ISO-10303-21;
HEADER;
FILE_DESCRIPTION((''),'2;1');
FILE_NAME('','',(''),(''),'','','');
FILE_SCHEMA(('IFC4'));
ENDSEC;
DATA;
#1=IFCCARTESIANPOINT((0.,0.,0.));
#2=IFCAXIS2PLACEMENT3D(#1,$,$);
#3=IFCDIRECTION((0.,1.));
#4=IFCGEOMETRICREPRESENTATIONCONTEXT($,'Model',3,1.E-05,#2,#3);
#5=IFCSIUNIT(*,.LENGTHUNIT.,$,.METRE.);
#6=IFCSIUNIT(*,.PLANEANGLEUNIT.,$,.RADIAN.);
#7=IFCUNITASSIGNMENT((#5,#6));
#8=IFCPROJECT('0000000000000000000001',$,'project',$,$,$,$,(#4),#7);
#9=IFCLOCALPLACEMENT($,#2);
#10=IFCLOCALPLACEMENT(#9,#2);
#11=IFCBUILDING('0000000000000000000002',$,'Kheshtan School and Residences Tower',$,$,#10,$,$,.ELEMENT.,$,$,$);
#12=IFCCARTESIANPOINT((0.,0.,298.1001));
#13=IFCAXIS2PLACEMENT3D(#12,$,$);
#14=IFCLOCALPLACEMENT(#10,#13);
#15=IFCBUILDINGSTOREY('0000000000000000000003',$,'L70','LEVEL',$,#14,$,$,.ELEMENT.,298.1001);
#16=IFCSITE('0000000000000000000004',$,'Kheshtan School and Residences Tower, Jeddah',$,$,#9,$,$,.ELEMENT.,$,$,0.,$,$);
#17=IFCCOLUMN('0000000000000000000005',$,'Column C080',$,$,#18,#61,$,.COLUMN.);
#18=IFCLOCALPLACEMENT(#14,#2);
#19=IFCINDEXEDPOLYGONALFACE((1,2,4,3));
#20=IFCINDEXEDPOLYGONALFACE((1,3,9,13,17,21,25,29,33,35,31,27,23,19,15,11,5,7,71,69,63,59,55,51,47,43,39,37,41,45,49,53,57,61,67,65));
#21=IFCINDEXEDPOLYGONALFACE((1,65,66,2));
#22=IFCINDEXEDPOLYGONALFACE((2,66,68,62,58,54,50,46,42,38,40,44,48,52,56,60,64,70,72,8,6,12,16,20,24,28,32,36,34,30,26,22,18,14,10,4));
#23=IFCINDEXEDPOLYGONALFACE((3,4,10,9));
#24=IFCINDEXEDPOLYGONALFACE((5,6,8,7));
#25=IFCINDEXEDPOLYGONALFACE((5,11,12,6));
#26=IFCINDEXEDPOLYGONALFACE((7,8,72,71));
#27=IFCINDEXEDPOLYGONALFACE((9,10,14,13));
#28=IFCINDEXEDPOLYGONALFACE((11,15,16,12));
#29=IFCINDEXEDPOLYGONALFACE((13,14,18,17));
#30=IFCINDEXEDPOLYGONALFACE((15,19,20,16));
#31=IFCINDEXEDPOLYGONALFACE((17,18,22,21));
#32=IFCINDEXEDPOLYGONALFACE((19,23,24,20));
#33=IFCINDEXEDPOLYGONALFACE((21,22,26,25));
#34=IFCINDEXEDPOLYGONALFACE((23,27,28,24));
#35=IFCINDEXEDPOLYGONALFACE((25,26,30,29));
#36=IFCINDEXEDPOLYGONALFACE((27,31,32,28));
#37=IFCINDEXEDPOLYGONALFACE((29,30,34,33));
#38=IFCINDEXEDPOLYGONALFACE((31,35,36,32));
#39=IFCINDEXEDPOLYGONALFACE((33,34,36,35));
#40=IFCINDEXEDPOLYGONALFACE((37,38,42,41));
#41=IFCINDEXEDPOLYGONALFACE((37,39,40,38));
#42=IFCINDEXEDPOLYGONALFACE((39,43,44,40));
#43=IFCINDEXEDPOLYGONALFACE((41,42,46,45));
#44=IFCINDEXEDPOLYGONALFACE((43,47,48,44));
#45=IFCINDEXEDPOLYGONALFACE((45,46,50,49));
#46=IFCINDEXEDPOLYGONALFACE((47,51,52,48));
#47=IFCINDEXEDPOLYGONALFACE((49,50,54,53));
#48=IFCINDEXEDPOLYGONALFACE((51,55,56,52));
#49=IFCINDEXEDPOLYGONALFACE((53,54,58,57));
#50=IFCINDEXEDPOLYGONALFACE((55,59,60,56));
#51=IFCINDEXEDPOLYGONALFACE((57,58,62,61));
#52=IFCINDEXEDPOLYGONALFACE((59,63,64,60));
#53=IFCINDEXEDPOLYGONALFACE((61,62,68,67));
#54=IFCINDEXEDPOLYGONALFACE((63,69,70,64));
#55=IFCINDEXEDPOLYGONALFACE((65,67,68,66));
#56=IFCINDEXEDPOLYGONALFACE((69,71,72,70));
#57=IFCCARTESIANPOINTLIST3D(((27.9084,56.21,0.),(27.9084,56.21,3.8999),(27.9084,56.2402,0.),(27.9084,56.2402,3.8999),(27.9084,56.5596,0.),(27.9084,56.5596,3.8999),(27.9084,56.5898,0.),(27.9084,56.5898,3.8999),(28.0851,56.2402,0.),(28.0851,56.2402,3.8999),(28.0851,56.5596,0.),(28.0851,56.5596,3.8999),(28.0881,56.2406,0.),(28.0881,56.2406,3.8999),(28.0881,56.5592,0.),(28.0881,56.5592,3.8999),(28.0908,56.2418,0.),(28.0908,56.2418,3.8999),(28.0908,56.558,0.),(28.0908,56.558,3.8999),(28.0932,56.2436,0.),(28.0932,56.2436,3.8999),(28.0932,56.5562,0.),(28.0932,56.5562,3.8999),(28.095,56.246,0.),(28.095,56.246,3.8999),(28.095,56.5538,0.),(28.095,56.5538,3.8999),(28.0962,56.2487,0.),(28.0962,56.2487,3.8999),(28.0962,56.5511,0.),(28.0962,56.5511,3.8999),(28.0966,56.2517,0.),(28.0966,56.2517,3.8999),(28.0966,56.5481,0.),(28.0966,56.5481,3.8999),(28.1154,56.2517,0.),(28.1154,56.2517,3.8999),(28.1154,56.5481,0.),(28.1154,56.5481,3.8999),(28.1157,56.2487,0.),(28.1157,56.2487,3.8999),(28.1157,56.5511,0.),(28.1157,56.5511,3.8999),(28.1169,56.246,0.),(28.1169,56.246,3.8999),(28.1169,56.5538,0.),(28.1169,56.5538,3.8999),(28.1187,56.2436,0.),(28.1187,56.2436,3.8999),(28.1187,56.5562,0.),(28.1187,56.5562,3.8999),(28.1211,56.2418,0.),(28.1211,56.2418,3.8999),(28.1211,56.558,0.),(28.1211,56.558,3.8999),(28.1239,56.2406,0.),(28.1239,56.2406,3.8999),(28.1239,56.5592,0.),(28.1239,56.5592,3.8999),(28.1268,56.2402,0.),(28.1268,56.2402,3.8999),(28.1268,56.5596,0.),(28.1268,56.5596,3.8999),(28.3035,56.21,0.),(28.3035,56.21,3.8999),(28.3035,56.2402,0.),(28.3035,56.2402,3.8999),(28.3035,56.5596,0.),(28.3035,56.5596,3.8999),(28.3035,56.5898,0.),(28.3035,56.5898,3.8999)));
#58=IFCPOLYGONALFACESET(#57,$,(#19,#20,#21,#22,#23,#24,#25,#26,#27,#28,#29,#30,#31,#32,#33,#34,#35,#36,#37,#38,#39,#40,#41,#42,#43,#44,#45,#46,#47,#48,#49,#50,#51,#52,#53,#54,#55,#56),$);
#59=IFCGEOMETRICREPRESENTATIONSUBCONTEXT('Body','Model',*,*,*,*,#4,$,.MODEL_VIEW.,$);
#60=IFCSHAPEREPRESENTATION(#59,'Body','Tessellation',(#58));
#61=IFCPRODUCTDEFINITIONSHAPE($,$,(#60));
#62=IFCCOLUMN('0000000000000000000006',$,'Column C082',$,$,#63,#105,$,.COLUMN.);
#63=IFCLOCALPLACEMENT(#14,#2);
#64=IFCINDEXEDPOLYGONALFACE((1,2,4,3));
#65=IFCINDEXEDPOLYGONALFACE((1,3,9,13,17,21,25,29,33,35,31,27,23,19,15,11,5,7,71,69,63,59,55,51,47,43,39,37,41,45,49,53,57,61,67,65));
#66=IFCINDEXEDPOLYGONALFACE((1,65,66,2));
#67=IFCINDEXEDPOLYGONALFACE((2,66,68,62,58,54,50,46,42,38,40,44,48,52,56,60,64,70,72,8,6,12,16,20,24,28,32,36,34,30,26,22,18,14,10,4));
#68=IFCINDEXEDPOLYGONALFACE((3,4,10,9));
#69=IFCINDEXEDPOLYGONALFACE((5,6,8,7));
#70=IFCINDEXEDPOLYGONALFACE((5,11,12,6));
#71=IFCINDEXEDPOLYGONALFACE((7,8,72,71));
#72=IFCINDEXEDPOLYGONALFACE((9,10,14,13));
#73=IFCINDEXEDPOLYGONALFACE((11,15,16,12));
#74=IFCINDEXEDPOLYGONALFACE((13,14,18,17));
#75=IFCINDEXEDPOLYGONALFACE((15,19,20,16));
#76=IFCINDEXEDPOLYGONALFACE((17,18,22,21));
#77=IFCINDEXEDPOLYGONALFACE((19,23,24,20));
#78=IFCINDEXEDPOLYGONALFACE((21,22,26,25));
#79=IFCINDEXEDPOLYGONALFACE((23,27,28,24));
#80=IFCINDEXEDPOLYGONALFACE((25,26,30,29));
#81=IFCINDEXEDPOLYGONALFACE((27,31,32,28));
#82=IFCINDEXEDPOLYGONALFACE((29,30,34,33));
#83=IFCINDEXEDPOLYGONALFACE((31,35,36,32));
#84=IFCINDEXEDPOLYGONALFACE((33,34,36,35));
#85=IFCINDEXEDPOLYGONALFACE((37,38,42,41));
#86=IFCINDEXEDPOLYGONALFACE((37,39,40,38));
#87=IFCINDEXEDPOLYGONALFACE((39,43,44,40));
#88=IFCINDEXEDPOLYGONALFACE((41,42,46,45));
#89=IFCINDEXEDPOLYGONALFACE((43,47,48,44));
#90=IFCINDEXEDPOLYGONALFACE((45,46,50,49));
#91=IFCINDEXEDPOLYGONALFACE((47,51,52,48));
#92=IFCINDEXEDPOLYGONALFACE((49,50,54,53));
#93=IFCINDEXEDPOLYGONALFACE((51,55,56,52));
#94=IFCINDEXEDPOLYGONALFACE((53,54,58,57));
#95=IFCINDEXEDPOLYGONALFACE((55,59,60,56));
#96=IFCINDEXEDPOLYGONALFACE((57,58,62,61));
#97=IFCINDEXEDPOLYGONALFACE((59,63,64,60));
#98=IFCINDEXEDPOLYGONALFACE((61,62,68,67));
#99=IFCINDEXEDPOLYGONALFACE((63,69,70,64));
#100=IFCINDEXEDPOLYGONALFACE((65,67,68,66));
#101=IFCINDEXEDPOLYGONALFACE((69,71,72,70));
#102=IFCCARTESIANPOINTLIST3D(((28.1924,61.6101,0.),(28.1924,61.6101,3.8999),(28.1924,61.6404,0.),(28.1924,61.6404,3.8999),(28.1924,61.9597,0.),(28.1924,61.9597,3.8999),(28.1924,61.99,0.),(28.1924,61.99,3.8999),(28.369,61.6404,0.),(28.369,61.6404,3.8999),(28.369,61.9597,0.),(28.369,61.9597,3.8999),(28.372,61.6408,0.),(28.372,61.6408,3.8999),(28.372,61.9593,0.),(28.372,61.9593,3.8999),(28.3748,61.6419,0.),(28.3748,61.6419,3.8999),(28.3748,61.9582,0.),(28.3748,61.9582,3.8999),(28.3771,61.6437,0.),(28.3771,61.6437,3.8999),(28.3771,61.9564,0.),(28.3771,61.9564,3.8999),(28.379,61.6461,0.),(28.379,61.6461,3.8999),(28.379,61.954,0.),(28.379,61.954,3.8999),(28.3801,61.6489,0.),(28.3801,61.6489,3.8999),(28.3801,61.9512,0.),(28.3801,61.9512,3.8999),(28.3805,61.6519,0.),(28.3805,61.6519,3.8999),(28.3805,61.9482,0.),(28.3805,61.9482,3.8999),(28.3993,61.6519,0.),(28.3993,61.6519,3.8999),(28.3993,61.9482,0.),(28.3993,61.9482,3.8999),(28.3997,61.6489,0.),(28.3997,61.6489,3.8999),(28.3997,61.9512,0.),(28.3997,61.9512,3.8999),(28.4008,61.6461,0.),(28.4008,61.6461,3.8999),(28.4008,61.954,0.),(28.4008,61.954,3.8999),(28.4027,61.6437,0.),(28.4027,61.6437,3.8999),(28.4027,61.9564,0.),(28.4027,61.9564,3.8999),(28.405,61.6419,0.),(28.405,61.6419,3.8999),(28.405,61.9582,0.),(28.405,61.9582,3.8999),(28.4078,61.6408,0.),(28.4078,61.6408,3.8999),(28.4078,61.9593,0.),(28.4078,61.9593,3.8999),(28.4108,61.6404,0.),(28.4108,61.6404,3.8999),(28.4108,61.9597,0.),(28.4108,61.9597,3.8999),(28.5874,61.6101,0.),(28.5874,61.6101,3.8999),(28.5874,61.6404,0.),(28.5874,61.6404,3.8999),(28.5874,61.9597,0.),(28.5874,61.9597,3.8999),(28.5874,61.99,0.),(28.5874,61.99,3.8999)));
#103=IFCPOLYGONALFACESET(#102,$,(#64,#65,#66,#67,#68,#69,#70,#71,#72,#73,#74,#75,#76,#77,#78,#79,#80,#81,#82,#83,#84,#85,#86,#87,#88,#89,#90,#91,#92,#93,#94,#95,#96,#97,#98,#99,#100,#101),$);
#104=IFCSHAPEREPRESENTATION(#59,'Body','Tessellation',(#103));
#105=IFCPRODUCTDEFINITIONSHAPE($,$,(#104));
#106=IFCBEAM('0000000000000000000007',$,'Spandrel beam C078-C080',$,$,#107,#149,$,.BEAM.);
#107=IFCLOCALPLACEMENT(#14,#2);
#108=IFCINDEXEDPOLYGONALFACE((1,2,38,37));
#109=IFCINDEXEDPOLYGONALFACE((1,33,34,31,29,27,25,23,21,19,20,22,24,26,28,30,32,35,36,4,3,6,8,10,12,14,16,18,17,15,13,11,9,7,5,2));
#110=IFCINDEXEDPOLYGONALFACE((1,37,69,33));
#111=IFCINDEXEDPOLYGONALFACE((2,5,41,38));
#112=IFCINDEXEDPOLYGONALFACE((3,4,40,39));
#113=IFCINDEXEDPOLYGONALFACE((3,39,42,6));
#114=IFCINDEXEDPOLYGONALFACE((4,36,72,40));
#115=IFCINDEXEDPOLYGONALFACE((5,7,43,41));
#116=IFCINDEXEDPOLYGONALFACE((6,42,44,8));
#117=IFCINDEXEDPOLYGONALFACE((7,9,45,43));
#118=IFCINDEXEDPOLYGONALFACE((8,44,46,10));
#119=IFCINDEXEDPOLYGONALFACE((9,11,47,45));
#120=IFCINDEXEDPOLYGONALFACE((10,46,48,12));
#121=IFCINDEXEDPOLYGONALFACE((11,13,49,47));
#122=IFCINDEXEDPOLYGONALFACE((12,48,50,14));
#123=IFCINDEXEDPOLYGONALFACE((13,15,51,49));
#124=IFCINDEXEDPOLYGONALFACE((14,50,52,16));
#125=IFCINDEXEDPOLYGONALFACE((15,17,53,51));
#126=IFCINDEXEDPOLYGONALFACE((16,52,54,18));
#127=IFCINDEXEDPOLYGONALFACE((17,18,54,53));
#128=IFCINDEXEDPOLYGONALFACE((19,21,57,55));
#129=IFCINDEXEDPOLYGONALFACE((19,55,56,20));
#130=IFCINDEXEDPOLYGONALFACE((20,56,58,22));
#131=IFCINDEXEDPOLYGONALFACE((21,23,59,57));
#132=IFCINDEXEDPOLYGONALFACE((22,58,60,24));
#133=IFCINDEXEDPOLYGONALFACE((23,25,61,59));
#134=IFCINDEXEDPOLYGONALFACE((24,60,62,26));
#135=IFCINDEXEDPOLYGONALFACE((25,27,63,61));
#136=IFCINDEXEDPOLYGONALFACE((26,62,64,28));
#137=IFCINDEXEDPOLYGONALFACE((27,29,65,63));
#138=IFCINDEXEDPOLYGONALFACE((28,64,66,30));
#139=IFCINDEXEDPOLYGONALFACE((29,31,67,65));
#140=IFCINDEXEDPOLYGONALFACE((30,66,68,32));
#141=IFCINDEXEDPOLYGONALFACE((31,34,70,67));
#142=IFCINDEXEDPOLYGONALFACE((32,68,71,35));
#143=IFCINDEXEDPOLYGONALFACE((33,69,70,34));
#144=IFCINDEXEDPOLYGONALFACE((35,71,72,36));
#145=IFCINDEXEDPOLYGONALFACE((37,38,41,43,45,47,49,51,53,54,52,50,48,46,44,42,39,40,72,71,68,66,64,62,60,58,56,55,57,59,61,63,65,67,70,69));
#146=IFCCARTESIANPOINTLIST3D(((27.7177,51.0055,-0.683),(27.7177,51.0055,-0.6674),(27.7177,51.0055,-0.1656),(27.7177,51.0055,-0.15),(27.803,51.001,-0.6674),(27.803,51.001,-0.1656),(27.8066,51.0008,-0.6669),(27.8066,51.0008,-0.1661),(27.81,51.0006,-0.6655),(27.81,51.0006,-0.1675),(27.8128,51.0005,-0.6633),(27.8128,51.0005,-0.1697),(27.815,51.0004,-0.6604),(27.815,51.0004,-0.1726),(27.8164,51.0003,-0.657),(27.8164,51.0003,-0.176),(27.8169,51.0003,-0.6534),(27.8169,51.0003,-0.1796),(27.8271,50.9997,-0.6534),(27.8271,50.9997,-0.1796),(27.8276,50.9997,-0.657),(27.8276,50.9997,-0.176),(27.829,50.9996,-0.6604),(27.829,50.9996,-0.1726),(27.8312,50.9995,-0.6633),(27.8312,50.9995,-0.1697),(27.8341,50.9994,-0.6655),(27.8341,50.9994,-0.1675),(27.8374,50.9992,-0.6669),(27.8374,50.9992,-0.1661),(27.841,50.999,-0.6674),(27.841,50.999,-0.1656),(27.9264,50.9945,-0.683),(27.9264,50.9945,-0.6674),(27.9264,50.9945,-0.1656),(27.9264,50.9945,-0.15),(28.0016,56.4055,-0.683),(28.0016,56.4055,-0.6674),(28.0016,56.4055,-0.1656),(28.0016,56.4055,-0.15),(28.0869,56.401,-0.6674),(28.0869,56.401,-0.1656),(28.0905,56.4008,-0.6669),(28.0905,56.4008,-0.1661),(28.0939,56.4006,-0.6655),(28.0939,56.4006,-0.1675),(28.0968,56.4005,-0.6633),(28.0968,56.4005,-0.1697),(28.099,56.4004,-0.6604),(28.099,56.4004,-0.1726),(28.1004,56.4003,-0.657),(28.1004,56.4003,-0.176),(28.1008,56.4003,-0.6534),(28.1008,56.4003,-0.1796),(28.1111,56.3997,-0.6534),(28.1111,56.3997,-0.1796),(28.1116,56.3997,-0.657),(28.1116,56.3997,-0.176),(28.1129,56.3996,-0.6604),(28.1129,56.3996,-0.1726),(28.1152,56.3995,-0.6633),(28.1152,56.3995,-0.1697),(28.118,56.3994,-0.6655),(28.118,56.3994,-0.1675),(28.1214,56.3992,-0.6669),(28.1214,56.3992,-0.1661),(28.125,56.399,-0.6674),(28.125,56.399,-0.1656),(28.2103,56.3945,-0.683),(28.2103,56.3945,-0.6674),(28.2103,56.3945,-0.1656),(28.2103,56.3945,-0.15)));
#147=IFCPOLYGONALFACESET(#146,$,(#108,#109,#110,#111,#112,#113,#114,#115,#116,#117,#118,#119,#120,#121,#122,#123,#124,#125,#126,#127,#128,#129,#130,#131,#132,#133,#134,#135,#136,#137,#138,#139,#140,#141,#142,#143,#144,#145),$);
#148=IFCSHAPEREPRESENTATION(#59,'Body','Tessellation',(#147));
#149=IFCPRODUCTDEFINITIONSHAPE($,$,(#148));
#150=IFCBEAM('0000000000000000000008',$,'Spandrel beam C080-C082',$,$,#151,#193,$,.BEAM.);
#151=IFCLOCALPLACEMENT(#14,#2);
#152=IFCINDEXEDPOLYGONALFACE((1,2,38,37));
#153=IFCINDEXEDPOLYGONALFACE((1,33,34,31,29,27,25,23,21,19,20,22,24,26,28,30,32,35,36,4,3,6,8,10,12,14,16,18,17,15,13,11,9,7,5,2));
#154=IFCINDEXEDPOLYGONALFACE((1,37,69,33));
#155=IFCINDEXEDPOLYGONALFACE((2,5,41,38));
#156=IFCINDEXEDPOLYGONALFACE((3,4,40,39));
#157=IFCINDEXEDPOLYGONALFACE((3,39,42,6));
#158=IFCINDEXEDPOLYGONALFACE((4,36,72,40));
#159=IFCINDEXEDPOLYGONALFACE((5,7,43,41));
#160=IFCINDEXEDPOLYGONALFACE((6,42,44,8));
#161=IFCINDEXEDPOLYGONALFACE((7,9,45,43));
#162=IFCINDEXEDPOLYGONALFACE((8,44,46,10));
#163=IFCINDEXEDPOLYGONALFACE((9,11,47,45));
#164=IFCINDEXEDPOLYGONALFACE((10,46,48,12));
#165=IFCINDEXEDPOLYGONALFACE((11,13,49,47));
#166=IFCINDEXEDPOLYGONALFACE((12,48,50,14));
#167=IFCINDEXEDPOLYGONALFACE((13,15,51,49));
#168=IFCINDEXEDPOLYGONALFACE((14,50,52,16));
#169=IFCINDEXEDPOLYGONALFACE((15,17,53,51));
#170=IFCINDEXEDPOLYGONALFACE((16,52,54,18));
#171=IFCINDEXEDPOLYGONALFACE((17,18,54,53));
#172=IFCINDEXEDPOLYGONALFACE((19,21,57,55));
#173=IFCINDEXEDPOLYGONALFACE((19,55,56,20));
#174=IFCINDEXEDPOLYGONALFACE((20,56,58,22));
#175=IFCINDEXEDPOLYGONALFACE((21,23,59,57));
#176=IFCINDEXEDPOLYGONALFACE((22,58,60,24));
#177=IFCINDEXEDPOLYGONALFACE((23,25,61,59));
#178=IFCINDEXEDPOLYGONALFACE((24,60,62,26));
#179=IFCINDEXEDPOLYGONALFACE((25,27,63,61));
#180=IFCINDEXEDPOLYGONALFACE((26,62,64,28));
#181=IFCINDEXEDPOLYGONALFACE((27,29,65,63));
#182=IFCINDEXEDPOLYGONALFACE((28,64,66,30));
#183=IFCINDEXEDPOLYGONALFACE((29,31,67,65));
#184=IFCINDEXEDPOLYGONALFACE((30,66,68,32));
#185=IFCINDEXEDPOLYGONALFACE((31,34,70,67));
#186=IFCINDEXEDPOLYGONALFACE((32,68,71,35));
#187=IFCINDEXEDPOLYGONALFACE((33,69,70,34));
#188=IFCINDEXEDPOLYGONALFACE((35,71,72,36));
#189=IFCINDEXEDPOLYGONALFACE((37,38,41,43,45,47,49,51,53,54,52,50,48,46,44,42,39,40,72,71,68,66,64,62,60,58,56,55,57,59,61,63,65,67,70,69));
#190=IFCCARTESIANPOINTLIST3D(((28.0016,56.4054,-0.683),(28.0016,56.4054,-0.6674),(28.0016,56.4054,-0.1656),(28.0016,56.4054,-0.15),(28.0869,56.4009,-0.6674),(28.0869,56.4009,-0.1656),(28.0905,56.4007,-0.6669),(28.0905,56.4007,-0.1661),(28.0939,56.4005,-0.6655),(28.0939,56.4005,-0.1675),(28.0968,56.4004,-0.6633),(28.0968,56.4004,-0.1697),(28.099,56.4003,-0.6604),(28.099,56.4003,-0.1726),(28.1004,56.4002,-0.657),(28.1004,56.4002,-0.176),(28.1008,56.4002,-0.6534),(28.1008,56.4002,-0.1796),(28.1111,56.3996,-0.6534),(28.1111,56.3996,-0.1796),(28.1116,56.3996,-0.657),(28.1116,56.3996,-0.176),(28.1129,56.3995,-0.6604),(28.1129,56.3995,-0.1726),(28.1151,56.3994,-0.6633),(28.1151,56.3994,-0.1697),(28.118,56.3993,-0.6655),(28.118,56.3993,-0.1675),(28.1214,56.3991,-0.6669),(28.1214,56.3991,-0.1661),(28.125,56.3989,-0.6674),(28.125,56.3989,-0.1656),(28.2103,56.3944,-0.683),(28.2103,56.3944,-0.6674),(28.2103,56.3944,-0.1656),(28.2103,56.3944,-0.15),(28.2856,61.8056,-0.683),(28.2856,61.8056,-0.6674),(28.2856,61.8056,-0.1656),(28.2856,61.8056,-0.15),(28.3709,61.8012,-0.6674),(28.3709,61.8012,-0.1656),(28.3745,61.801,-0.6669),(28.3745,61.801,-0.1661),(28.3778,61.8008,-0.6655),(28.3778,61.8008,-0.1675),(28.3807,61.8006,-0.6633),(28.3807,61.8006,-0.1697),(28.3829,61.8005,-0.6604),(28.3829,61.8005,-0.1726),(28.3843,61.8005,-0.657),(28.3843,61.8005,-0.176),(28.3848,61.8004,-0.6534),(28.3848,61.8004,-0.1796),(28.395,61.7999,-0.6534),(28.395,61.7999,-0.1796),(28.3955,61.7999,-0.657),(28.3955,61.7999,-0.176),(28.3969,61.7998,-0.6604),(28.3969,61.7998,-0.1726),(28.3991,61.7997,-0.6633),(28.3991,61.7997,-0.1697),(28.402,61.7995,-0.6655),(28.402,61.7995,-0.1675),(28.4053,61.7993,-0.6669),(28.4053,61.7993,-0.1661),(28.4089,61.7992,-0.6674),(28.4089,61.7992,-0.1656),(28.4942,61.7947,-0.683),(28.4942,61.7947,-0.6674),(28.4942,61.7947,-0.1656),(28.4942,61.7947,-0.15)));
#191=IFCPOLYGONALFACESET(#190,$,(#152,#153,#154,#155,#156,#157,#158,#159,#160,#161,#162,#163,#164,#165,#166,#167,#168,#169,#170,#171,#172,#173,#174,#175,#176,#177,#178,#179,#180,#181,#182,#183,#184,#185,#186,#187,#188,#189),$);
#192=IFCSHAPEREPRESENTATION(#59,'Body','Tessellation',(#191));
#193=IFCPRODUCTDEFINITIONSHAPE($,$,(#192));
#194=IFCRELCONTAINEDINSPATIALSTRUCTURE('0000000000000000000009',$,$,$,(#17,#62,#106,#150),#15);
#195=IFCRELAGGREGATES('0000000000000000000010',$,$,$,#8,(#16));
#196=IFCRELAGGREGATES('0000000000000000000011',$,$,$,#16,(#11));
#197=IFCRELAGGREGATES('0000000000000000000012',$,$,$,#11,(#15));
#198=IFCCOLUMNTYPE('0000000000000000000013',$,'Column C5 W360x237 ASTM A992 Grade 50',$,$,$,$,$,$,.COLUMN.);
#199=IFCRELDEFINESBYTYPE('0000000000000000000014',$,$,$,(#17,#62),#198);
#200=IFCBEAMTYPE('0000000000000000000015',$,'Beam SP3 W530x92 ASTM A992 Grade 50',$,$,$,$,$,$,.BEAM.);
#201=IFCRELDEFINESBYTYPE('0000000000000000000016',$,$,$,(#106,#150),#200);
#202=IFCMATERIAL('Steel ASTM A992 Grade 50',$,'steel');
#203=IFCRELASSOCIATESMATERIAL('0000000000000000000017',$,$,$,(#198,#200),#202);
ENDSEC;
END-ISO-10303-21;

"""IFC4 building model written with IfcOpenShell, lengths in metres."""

from ifc_helpers import new_model, si_unit, direction, frame, origin, origin_2d, place, context, subcontext, project, spatial, i_section, extrude, material, material_profile, profile_set, type_object, element, save


model = new_model("IFC4")

# Units and contexts
model_context = context("Model", 3, precision=1e-05, world=origin(), true_north=direction((0.0, 1.0)))
body_context = subcontext(model_context, "Body", "Model", "MODEL_VIEW")
ifc_project = project(units=[si_unit("LENGTHUNIT", "METRE"), si_unit("PLANEANGLEUNIT", "RADIAN")], contexts=[model_context])

# Site, building, storey
site_placement = place(None, origin())
site = spatial("IfcSite", under=ifc_project, at=site_placement, Name="Kheshtan School and Residences Tower, Jeddah", CompositionType="ELEMENT", RefElevation=0.0)
building_placement = place(site_placement, origin())
building = spatial("IfcBuilding", under=site, at=building_placement, Name="Kheshtan School and Residences Tower", CompositionType="ELEMENT")
storey_placement = place(building_placement, frame((0.0, 0.0, 298.1001)))
storey = spatial("IfcBuildingStorey", under=building, at=storey_placement, Name="L70", Description="LEVEL", CompositionType="ELEMENT", Elevation=298.1001)

# Columns
ifc_material_1 = material(Name="Steel ASTM A992 Grade 50", Category="steel")
ifc_material_profile_1 = material_profile(ifc_material_1, i_section(OverallWidth=0.395, OverallDepth=0.3799, WebThickness=0.0188, FlangeThickness=0.0303, FilletRadius=0.0115, at=origin_2d()), Name="W360x237")
ifc_profile_set_1 = profile_set([ifc_material_profile_1], Name="Steel ASTM A992 Grade 50")
column_type = type_object("IfcColumnType", Name="Column C5 W360x237 ASTM A992 Grade 50", PredefinedType="COLUMN", material=ifc_profile_set_1)
for number, where, z_axis, x_axis, name in (
    (1, (28.106, 56.3999, 0.0), (0.0, 0.0, 1.0), (1.0, 0.0, 0.0), "Column C080"),
    (2, (28.3899, 61.8, 0.0), (0.0, 0.0, 1.0), (1.0, 0.0, 0.0), "Column C082"),
):
    element("IfcColumn", number, at=place(storey_placement, frame(where, z_axis=z_axis, x_axis=x_axis)), inside=storey, type_object=column_type, Name=name, PredefinedType="COLUMN", context=body_context, shape_type="SweptSolid", body=[
        extrude(i_section(OverallWidth=0.395, OverallDepth=0.3799, WebThickness=0.0188, FlangeThickness=0.0303, FilletRadius=0.0115, at=origin_2d()), origin(), (0.0, 0.0, 1.0), 3.8999),
    ])

# Beams
ifc_material_profile_2 = material_profile(ifc_material_1, i_section(OverallWidth=0.209, OverallDepth=0.533, WebThickness=0.0103, FlangeThickness=0.0156, FilletRadius=0.0139, at=origin_2d()), Name="W530x92")
ifc_profile_set_2 = profile_set([ifc_material_profile_2], Name="Steel ASTM A992 Grade 50")
beam_type = type_object("IfcBeamType", Name="Beam SP3 W530x92 ASTM A992 Grade 50", PredefinedType="BEAM", material=ifc_profile_set_2)
beam_1_placement = place(storey_placement, frame((27.822, 51.0, -0.4165), z_axis=(0.052509, 0.99862, 0.0), x_axis=(-0.99862, 0.052509, 0.0)))
element("IfcBeam", 3, at=beam_1_placement, inside=storey, type_object=beam_type, Name="Spandrel beam C078-C080", PredefinedType="BEAM", context=body_context, shape_type="SweptSolid", body=[
    extrude(i_section(OverallWidth=0.209, OverallDepth=0.533, WebThickness=0.0103, FlangeThickness=0.0156, FilletRadius=0.0139, at=origin_2d()), origin(), (0.0, 0.0, 1.0), 5.4075),
])
beam_2_placement = place(storey_placement, frame((28.106, 56.3999, -0.4165), z_axis=(0.052507, 0.998621, 0.0), x_axis=(-0.998621, 0.052507, 0.0)))
element("IfcBeam", 4, at=beam_2_placement, inside=storey, type_object=beam_type, Name="Spandrel beam C080-C082", PredefinedType="BEAM", context=body_context, shape_type="SweptSolid", body=[
    extrude(i_section(OverallWidth=0.209, OverallDepth=0.533, WebThickness=0.0103, FlangeThickness=0.0156, FilletRadius=0.0139, at=origin_2d()), origin(), (0.0, 0.0, 1.0), 5.4077),
])

save(model, "model.ifc")
